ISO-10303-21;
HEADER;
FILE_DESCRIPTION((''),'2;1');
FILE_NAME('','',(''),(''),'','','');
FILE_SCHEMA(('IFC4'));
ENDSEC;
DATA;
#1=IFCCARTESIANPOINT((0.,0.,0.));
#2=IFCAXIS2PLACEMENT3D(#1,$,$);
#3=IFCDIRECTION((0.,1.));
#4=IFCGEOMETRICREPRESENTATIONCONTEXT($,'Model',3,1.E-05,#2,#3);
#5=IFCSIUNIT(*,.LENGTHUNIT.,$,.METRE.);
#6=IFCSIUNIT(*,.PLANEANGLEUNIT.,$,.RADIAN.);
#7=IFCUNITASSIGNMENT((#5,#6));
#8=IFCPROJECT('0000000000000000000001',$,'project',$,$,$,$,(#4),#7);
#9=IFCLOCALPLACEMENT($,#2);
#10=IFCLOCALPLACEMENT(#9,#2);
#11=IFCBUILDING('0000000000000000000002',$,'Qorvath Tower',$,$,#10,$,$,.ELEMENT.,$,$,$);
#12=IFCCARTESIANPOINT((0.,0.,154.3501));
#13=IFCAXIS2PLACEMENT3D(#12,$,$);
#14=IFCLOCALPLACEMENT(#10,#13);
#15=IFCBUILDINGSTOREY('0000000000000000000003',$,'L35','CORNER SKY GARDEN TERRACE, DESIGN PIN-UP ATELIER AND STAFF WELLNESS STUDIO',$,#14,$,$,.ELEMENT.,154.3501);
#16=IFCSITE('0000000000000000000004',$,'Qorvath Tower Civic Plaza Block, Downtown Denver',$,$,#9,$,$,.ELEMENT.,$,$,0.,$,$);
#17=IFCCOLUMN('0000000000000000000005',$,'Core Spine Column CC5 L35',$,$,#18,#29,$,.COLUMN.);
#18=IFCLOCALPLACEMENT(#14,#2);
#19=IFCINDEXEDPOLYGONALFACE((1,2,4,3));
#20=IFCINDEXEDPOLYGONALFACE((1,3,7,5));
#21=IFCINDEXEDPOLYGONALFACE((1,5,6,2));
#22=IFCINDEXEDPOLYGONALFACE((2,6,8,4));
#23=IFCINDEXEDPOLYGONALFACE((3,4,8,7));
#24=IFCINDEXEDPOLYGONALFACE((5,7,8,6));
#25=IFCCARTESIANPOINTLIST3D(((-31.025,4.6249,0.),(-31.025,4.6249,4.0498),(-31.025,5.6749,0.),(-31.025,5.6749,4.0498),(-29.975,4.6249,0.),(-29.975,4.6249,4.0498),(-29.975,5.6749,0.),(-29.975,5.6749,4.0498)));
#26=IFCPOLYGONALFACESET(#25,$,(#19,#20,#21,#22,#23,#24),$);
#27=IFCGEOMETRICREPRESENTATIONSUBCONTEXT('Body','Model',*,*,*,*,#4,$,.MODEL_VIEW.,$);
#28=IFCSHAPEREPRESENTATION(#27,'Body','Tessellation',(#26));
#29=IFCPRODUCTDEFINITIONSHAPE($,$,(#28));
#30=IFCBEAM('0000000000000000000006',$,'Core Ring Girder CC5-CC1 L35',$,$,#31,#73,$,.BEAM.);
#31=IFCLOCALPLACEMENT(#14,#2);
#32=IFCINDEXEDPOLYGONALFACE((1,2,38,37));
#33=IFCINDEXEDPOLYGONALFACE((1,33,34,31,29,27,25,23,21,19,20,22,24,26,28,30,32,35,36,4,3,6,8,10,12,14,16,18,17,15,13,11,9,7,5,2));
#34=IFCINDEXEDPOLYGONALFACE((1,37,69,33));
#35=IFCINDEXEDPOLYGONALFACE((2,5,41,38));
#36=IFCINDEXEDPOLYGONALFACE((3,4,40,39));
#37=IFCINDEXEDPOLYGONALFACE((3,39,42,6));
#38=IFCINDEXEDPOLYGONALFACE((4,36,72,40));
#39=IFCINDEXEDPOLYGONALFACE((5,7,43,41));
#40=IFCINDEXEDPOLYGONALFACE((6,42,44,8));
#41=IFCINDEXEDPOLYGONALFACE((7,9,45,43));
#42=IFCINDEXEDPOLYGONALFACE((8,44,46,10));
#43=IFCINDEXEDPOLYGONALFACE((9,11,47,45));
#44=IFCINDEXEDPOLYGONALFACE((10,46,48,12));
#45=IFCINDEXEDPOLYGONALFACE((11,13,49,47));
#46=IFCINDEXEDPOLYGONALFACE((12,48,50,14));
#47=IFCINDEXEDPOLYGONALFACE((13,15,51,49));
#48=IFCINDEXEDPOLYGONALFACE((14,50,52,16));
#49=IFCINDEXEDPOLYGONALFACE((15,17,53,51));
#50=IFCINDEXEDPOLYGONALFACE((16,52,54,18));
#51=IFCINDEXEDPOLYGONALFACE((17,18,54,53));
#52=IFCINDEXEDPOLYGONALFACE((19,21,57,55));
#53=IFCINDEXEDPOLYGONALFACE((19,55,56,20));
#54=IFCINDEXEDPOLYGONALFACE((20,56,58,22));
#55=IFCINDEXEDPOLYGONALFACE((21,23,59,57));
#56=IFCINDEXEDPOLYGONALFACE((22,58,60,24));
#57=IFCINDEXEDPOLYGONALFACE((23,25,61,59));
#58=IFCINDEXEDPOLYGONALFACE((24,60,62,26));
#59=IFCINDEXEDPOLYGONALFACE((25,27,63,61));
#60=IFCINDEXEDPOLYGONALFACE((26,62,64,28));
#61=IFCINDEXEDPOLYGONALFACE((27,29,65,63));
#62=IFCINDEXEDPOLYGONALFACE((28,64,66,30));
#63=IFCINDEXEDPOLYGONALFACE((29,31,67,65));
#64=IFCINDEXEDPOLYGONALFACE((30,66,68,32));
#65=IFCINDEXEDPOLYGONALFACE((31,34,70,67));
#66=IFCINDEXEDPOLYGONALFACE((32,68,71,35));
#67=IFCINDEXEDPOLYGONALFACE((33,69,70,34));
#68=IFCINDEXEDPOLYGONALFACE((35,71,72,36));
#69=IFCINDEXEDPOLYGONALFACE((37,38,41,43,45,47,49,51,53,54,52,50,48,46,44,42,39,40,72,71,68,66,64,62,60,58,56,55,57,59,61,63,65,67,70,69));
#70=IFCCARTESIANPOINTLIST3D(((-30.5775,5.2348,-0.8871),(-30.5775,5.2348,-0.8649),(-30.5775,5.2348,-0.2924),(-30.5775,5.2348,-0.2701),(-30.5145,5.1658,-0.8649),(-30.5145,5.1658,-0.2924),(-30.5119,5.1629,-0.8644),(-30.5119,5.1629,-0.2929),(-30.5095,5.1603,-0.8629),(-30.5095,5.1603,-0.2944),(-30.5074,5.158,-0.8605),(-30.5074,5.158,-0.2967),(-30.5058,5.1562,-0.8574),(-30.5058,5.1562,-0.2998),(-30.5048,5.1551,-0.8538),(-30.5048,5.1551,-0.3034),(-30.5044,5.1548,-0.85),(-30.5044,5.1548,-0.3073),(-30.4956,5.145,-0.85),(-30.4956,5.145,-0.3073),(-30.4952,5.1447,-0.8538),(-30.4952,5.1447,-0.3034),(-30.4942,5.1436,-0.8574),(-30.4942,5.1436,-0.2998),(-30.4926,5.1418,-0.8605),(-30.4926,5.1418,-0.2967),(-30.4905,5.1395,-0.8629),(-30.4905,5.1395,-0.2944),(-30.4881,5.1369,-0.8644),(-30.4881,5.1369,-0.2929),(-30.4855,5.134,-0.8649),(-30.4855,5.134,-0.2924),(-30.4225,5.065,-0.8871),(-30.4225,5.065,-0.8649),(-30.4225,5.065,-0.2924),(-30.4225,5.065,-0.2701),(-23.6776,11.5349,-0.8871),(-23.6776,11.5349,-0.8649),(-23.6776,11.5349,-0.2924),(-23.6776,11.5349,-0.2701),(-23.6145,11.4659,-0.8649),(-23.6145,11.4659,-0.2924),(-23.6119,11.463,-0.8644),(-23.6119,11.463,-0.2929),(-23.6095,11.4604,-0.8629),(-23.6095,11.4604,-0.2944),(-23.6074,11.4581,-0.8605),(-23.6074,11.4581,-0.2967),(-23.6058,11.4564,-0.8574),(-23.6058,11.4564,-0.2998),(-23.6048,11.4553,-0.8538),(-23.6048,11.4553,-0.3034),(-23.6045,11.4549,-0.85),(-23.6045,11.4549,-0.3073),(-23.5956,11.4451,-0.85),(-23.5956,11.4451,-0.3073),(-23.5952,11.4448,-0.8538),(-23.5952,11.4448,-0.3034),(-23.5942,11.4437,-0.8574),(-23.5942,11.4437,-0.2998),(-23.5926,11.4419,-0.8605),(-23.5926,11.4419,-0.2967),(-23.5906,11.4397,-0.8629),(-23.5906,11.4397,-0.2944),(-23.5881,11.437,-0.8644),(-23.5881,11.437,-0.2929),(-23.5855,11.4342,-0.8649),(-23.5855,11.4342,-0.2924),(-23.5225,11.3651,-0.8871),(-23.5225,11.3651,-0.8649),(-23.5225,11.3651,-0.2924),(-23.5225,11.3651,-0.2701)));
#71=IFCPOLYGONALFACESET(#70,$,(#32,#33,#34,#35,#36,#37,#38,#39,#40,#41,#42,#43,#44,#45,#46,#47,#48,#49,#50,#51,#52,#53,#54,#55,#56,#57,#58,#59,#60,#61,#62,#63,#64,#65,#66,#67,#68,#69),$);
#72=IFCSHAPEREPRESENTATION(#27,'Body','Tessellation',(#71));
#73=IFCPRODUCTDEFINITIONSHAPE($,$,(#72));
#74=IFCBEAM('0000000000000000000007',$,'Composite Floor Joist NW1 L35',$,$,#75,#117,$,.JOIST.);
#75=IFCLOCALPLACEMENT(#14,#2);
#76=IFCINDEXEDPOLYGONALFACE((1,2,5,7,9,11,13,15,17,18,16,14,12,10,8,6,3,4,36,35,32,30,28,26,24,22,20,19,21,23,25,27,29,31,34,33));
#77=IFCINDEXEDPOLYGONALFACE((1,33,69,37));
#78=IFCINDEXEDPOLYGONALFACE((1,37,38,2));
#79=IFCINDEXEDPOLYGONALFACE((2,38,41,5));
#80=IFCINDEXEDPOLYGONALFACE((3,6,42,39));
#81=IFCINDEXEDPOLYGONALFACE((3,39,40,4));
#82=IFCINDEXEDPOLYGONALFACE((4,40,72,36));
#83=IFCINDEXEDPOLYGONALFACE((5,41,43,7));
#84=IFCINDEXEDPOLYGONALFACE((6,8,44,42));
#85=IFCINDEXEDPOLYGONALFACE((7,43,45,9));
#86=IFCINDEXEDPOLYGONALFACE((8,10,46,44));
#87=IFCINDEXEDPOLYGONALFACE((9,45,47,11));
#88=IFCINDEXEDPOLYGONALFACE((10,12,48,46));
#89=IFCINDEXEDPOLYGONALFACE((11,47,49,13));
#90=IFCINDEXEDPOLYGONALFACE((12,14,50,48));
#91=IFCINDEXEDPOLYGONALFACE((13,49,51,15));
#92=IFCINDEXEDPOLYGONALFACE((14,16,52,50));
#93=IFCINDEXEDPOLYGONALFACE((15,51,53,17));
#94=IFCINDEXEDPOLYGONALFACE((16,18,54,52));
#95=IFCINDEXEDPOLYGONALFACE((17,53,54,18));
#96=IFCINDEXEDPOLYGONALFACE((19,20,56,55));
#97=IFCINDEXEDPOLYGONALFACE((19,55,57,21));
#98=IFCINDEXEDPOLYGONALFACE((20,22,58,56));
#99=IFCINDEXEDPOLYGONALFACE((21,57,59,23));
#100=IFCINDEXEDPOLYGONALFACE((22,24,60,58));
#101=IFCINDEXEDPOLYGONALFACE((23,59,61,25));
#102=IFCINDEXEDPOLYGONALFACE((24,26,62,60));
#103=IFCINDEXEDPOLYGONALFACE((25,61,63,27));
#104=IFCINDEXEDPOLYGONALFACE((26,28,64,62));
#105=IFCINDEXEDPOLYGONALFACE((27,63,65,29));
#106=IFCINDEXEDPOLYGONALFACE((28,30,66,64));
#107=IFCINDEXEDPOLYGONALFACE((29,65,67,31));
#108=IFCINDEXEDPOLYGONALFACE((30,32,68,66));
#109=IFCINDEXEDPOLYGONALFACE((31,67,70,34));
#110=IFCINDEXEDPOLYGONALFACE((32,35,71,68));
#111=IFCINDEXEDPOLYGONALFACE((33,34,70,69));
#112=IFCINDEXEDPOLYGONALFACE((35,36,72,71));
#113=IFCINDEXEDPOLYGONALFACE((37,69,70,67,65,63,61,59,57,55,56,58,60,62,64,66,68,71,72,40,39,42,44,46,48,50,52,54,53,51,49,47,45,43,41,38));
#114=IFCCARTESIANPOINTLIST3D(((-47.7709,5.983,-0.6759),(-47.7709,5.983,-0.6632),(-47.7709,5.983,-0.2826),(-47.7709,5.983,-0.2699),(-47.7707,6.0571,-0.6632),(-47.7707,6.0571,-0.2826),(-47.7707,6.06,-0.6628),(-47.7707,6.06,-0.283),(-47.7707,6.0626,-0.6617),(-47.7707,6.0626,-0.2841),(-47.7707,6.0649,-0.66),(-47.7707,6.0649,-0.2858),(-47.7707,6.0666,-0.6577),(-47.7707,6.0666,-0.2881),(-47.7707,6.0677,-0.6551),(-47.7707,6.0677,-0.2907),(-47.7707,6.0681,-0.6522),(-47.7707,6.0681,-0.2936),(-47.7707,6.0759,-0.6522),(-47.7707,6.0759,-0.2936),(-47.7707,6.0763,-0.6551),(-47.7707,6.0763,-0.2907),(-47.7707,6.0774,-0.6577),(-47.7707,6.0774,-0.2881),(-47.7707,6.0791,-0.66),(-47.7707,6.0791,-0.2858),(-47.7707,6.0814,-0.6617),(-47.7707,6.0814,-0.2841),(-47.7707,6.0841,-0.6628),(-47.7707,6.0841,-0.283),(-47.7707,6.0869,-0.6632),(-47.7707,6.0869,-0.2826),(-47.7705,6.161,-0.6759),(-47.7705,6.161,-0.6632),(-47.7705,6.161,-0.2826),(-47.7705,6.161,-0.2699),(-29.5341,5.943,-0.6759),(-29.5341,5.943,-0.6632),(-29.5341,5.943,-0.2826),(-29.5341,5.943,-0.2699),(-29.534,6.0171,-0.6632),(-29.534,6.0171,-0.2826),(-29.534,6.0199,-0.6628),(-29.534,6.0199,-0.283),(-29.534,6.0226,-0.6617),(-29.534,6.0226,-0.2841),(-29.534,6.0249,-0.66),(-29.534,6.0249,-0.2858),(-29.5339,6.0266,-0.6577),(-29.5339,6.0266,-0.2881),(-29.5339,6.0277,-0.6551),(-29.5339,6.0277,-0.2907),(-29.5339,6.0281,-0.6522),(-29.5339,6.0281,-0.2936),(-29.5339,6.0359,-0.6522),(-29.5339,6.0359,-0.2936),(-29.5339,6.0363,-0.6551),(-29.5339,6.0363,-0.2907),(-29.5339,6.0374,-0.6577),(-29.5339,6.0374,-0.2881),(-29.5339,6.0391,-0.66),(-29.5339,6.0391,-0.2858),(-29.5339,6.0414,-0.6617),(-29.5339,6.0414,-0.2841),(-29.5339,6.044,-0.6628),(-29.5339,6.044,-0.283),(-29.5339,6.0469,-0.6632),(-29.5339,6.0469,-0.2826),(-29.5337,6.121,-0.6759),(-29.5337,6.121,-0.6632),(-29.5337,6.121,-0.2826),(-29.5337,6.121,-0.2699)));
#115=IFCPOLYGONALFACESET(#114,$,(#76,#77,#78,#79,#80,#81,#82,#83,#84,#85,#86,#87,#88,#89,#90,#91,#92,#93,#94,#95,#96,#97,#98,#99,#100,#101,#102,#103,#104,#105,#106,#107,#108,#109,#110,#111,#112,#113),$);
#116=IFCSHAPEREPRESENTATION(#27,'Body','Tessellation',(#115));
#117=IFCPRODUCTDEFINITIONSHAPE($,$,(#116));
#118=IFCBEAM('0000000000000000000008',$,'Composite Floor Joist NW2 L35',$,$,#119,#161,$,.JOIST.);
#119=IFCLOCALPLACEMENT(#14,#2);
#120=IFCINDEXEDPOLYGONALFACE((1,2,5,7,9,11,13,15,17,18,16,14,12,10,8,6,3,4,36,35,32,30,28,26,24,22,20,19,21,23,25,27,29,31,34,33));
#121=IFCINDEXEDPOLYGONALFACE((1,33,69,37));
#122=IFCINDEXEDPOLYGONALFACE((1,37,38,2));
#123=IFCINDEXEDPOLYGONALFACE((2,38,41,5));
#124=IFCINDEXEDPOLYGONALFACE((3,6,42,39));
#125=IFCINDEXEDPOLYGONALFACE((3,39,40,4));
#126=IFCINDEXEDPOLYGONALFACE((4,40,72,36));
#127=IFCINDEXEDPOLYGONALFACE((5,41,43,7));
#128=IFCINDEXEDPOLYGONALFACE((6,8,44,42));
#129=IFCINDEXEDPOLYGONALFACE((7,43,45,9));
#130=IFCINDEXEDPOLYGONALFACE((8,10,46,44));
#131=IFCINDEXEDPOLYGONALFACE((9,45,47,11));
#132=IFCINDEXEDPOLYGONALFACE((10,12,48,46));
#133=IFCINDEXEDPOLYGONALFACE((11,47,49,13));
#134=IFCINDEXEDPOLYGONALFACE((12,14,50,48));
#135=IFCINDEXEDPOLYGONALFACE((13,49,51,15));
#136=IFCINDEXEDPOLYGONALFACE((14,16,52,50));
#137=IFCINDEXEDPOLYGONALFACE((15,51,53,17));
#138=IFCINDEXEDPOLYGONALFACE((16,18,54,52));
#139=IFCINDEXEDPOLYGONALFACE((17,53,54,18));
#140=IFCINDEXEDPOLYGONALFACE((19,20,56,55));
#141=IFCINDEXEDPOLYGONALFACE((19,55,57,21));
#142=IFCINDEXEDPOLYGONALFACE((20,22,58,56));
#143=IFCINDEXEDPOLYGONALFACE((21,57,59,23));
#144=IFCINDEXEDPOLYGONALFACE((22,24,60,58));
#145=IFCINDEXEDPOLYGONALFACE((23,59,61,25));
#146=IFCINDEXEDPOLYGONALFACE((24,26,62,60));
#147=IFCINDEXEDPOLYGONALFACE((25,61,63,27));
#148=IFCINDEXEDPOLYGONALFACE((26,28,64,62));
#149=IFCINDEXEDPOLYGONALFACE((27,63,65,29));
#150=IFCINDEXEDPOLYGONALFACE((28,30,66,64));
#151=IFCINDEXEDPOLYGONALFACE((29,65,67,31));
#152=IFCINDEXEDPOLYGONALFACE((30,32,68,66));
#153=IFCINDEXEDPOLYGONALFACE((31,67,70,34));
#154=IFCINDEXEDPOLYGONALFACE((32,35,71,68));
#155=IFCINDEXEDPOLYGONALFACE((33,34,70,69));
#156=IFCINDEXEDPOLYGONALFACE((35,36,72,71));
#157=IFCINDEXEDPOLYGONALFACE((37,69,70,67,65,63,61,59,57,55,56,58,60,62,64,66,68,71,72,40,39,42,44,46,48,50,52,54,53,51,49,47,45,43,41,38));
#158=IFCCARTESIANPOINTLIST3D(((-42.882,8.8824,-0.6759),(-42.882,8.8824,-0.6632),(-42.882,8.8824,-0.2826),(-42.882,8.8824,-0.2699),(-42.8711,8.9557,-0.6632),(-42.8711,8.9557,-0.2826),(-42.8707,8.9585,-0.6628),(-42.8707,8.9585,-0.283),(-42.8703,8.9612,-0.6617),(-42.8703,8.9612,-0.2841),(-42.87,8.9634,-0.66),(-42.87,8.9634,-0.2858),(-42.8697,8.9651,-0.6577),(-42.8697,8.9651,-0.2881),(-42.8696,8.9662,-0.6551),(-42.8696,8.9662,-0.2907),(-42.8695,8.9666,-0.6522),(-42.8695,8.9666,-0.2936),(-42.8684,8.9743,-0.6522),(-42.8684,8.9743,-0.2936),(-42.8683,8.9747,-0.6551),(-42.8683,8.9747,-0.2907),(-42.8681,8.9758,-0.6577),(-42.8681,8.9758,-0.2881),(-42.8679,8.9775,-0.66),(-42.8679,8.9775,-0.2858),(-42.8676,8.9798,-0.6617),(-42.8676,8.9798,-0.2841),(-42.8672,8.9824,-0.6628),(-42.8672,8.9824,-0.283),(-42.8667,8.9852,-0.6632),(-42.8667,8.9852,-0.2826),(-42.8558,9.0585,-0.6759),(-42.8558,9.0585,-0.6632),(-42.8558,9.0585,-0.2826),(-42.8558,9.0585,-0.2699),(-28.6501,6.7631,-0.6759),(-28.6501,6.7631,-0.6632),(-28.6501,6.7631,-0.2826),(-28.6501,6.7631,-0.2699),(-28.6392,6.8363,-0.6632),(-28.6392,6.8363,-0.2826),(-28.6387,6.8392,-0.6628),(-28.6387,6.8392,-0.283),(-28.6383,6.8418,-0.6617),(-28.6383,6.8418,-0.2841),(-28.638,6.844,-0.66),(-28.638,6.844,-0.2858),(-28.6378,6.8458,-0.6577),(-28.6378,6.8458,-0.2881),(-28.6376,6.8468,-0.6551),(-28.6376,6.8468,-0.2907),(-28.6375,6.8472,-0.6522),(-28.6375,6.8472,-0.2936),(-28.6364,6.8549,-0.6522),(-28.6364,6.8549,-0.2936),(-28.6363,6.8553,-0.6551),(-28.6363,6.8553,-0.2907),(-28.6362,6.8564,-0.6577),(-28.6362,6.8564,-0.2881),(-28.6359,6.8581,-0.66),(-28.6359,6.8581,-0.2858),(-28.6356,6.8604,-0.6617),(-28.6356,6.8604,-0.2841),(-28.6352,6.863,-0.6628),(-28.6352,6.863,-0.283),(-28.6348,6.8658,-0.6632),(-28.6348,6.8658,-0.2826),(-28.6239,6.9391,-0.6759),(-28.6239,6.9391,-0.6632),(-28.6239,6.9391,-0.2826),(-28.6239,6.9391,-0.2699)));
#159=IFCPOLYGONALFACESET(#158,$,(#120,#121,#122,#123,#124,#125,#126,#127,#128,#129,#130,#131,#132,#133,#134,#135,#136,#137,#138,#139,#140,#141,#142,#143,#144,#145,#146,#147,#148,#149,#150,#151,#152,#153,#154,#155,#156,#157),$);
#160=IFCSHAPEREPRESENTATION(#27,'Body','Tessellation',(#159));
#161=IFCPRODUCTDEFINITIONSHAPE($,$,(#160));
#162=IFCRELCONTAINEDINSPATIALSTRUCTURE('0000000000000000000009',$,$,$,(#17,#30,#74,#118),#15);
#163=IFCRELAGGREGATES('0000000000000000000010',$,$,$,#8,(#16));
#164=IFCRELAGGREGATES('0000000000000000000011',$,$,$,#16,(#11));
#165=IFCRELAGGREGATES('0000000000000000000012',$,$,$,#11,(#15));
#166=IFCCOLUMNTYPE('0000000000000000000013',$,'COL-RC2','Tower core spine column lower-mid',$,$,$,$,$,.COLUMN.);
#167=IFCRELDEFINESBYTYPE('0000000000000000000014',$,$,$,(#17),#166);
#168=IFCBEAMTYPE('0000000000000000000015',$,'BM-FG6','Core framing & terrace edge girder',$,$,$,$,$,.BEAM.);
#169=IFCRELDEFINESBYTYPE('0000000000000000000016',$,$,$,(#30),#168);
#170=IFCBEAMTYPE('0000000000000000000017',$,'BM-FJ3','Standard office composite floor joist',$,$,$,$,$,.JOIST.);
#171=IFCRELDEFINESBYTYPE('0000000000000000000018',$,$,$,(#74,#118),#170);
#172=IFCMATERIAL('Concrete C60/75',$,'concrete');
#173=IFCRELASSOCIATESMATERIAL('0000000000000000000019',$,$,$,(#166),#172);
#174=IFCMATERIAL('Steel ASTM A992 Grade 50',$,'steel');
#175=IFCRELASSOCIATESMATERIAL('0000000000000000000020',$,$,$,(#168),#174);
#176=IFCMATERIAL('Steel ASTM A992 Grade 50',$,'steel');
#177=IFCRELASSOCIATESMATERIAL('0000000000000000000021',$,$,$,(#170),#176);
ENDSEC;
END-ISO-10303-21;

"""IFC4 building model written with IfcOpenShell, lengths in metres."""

from ifc_helpers import new_model, si_unit, direction, frame, origin, origin_2d, place, context, subcontext, project, spatial, rectangle, i_section, extrude, material, material_profile, profile_set, type_object, element, save


model = new_model("IFC4")

# Units and contexts
model_context = context("Model", 3, precision=1e-05, world=origin(), true_north=direction((0.0, 1.0)))
body_context = subcontext(model_context, "Body", "Model", "MODEL_VIEW")
ifc_project = project(units=[si_unit("LENGTHUNIT", "METRE"), si_unit("PLANEANGLEUNIT", "RADIAN")], contexts=[model_context])

# Site, building, storey
site_placement = place(None, origin())
site = spatial("IfcSite", under=ifc_project, at=site_placement, Name="Qorvath Tower Civic Plaza Block, Downtown Denver", CompositionType="ELEMENT", RefElevation=0.0)
building_placement = place(site_placement, origin())
building = spatial("IfcBuilding", under=site, at=building_placement, Name="Qorvath Tower", CompositionType="ELEMENT")
storey_placement = place(building_placement, frame((0.0, 0.0, 154.3501)))
storey = spatial("IfcBuildingStorey", under=building, at=storey_placement, Name="L35", Description="CORNER SKY GARDEN TERRACE, DESIGN PIN-UP ATELIER AND STAFF WELLNESS STUDIO", CompositionType="ELEMENT", Elevation=154.3501)

# Column
ifc_material_1 = material(Name="Concrete C60/75", Category="concrete")
ifc_material_profile_1 = material_profile(ifc_material_1, rectangle(XDim=1.05, YDim=1.05, at=origin_2d()), Name="RC 1050x1050")
ifc_profile_set_1 = profile_set([ifc_material_profile_1], Name="Concrete C60/75")
column_type = type_object("IfcColumnType", Name="COL-RC2", Description="Tower core spine column lower-mid", PredefinedType="COLUMN", material=ifc_profile_set_1)
column_placement = place(storey_placement, frame((-30.5, 5.1499, 0.0), z_axis=(0.0, 0.0, 1.0), x_axis=(1.0, 0.0, 0.0)))
element("IfcColumn", 1, at=column_placement, inside=storey, type_object=column_type, Name="Core Spine Column CC5 L35", PredefinedType="COLUMN", context=body_context, shape_type="SweptSolid", body=[
    extrude(rectangle(XDim=1.05, YDim=1.05, at=origin_2d()), origin(), (0.0, 0.0, 1.0), 4.0498),
])

# Beams
ifc_material_2 = material(Name="Steel ASTM A992 Grade 50", Category="steel")
ifc_material_profile_2 = material_profile(ifc_material_2, i_section(OverallWidth=0.23, OverallDepth=0.6169, WebThickness=0.0132, FlangeThickness=0.0222, FilletRadius=0.0149, at=origin_2d()), Name="W24x94")
ifc_profile_set_2 = profile_set([ifc_material_profile_2], Name="Steel ASTM A992 Grade 50")
beam_type_1 = type_object("IfcBeamType", Name="BM-FG6", Description="Core framing & terrace edge girder", PredefinedType="BEAM", material=ifc_profile_set_2)
beam_1_placement = place(storey_placement, frame((-30.5, 5.1499, -0.5786), z_axis=(0.738478, 0.674277, 0.0), x_axis=(-0.674277, 0.738478, 0.0)))
element("IfcBeam", 2, at=beam_1_placement, inside=storey, type_object=beam_type_1, Name="Core Ring Girder CC5-CC1 L35", PredefinedType="BEAM", context=body_context, shape_type="SweptSolid", body=[
    extrude(i_section(OverallWidth=0.23, OverallDepth=0.6169, WebThickness=0.0132, FlangeThickness=0.0222, FilletRadius=0.0149, at=origin_2d()), origin(), (0.0, 0.0, 1.0), 9.3435),
])
ifc_material_3 = material(Name="Steel ASTM A992 Grade 50", Category="steel")
ifc_material_profile_3 = material_profile(ifc_material_3, i_section(OverallWidth=0.178, OverallDepth=0.406, WebThickness=0.0078, FlangeThickness=0.0127, FilletRadius=0.011, at=origin_2d()), Name="W16x40")
ifc_profile_set_3 = profile_set([ifc_material_profile_3], Name="Steel ASTM A992 Grade 50")
beam_type_2 = type_object("IfcBeamType", Name="BM-FJ3", Description="Standard office composite floor joist", PredefinedType="JOIST", material=ifc_profile_set_3)
beam_2_placement = place(storey_placement, frame((-29.5339, 6.032, -0.4729), z_axis=(-0.999998, 0.002196, 0.0), x_axis=(-0.002196, -0.999998, 0.0)))
element("IfcBeam", 3, at=beam_2_placement, inside=storey, type_object=beam_type_2, Name="Composite Floor Joist NW1 L35", PredefinedType="JOIST", context=body_context, shape_type="SweptSolid", body=[
    extrude(i_section(OverallWidth=0.178, OverallDepth=0.406, WebThickness=0.0078, FlangeThickness=0.0127, FilletRadius=0.011, at=origin_2d()), origin(), (0.0, 0.0, 1.0), 18.2368),
])
beam_3_placement = place(storey_placement, frame((-28.637, 6.8511, -0.4729), z_axis=(-0.989093, 0.147293, 0.0), x_axis=(-0.147293, -0.989093, 0.0)))
element("IfcBeam", 4, at=beam_3_placement, inside=storey, type_object=beam_type_2, Name="Composite Floor Joist NW2 L35", PredefinedType="JOIST", context=body_context, shape_type="SweptSolid", body=[
    extrude(i_section(OverallWidth=0.178, OverallDepth=0.406, WebThickness=0.0078, FlangeThickness=0.0127, FilletRadius=0.011, at=origin_2d()), origin(), (0.0, 0.0, 1.0), 14.3889),
])

save(model, "model.ifc")
